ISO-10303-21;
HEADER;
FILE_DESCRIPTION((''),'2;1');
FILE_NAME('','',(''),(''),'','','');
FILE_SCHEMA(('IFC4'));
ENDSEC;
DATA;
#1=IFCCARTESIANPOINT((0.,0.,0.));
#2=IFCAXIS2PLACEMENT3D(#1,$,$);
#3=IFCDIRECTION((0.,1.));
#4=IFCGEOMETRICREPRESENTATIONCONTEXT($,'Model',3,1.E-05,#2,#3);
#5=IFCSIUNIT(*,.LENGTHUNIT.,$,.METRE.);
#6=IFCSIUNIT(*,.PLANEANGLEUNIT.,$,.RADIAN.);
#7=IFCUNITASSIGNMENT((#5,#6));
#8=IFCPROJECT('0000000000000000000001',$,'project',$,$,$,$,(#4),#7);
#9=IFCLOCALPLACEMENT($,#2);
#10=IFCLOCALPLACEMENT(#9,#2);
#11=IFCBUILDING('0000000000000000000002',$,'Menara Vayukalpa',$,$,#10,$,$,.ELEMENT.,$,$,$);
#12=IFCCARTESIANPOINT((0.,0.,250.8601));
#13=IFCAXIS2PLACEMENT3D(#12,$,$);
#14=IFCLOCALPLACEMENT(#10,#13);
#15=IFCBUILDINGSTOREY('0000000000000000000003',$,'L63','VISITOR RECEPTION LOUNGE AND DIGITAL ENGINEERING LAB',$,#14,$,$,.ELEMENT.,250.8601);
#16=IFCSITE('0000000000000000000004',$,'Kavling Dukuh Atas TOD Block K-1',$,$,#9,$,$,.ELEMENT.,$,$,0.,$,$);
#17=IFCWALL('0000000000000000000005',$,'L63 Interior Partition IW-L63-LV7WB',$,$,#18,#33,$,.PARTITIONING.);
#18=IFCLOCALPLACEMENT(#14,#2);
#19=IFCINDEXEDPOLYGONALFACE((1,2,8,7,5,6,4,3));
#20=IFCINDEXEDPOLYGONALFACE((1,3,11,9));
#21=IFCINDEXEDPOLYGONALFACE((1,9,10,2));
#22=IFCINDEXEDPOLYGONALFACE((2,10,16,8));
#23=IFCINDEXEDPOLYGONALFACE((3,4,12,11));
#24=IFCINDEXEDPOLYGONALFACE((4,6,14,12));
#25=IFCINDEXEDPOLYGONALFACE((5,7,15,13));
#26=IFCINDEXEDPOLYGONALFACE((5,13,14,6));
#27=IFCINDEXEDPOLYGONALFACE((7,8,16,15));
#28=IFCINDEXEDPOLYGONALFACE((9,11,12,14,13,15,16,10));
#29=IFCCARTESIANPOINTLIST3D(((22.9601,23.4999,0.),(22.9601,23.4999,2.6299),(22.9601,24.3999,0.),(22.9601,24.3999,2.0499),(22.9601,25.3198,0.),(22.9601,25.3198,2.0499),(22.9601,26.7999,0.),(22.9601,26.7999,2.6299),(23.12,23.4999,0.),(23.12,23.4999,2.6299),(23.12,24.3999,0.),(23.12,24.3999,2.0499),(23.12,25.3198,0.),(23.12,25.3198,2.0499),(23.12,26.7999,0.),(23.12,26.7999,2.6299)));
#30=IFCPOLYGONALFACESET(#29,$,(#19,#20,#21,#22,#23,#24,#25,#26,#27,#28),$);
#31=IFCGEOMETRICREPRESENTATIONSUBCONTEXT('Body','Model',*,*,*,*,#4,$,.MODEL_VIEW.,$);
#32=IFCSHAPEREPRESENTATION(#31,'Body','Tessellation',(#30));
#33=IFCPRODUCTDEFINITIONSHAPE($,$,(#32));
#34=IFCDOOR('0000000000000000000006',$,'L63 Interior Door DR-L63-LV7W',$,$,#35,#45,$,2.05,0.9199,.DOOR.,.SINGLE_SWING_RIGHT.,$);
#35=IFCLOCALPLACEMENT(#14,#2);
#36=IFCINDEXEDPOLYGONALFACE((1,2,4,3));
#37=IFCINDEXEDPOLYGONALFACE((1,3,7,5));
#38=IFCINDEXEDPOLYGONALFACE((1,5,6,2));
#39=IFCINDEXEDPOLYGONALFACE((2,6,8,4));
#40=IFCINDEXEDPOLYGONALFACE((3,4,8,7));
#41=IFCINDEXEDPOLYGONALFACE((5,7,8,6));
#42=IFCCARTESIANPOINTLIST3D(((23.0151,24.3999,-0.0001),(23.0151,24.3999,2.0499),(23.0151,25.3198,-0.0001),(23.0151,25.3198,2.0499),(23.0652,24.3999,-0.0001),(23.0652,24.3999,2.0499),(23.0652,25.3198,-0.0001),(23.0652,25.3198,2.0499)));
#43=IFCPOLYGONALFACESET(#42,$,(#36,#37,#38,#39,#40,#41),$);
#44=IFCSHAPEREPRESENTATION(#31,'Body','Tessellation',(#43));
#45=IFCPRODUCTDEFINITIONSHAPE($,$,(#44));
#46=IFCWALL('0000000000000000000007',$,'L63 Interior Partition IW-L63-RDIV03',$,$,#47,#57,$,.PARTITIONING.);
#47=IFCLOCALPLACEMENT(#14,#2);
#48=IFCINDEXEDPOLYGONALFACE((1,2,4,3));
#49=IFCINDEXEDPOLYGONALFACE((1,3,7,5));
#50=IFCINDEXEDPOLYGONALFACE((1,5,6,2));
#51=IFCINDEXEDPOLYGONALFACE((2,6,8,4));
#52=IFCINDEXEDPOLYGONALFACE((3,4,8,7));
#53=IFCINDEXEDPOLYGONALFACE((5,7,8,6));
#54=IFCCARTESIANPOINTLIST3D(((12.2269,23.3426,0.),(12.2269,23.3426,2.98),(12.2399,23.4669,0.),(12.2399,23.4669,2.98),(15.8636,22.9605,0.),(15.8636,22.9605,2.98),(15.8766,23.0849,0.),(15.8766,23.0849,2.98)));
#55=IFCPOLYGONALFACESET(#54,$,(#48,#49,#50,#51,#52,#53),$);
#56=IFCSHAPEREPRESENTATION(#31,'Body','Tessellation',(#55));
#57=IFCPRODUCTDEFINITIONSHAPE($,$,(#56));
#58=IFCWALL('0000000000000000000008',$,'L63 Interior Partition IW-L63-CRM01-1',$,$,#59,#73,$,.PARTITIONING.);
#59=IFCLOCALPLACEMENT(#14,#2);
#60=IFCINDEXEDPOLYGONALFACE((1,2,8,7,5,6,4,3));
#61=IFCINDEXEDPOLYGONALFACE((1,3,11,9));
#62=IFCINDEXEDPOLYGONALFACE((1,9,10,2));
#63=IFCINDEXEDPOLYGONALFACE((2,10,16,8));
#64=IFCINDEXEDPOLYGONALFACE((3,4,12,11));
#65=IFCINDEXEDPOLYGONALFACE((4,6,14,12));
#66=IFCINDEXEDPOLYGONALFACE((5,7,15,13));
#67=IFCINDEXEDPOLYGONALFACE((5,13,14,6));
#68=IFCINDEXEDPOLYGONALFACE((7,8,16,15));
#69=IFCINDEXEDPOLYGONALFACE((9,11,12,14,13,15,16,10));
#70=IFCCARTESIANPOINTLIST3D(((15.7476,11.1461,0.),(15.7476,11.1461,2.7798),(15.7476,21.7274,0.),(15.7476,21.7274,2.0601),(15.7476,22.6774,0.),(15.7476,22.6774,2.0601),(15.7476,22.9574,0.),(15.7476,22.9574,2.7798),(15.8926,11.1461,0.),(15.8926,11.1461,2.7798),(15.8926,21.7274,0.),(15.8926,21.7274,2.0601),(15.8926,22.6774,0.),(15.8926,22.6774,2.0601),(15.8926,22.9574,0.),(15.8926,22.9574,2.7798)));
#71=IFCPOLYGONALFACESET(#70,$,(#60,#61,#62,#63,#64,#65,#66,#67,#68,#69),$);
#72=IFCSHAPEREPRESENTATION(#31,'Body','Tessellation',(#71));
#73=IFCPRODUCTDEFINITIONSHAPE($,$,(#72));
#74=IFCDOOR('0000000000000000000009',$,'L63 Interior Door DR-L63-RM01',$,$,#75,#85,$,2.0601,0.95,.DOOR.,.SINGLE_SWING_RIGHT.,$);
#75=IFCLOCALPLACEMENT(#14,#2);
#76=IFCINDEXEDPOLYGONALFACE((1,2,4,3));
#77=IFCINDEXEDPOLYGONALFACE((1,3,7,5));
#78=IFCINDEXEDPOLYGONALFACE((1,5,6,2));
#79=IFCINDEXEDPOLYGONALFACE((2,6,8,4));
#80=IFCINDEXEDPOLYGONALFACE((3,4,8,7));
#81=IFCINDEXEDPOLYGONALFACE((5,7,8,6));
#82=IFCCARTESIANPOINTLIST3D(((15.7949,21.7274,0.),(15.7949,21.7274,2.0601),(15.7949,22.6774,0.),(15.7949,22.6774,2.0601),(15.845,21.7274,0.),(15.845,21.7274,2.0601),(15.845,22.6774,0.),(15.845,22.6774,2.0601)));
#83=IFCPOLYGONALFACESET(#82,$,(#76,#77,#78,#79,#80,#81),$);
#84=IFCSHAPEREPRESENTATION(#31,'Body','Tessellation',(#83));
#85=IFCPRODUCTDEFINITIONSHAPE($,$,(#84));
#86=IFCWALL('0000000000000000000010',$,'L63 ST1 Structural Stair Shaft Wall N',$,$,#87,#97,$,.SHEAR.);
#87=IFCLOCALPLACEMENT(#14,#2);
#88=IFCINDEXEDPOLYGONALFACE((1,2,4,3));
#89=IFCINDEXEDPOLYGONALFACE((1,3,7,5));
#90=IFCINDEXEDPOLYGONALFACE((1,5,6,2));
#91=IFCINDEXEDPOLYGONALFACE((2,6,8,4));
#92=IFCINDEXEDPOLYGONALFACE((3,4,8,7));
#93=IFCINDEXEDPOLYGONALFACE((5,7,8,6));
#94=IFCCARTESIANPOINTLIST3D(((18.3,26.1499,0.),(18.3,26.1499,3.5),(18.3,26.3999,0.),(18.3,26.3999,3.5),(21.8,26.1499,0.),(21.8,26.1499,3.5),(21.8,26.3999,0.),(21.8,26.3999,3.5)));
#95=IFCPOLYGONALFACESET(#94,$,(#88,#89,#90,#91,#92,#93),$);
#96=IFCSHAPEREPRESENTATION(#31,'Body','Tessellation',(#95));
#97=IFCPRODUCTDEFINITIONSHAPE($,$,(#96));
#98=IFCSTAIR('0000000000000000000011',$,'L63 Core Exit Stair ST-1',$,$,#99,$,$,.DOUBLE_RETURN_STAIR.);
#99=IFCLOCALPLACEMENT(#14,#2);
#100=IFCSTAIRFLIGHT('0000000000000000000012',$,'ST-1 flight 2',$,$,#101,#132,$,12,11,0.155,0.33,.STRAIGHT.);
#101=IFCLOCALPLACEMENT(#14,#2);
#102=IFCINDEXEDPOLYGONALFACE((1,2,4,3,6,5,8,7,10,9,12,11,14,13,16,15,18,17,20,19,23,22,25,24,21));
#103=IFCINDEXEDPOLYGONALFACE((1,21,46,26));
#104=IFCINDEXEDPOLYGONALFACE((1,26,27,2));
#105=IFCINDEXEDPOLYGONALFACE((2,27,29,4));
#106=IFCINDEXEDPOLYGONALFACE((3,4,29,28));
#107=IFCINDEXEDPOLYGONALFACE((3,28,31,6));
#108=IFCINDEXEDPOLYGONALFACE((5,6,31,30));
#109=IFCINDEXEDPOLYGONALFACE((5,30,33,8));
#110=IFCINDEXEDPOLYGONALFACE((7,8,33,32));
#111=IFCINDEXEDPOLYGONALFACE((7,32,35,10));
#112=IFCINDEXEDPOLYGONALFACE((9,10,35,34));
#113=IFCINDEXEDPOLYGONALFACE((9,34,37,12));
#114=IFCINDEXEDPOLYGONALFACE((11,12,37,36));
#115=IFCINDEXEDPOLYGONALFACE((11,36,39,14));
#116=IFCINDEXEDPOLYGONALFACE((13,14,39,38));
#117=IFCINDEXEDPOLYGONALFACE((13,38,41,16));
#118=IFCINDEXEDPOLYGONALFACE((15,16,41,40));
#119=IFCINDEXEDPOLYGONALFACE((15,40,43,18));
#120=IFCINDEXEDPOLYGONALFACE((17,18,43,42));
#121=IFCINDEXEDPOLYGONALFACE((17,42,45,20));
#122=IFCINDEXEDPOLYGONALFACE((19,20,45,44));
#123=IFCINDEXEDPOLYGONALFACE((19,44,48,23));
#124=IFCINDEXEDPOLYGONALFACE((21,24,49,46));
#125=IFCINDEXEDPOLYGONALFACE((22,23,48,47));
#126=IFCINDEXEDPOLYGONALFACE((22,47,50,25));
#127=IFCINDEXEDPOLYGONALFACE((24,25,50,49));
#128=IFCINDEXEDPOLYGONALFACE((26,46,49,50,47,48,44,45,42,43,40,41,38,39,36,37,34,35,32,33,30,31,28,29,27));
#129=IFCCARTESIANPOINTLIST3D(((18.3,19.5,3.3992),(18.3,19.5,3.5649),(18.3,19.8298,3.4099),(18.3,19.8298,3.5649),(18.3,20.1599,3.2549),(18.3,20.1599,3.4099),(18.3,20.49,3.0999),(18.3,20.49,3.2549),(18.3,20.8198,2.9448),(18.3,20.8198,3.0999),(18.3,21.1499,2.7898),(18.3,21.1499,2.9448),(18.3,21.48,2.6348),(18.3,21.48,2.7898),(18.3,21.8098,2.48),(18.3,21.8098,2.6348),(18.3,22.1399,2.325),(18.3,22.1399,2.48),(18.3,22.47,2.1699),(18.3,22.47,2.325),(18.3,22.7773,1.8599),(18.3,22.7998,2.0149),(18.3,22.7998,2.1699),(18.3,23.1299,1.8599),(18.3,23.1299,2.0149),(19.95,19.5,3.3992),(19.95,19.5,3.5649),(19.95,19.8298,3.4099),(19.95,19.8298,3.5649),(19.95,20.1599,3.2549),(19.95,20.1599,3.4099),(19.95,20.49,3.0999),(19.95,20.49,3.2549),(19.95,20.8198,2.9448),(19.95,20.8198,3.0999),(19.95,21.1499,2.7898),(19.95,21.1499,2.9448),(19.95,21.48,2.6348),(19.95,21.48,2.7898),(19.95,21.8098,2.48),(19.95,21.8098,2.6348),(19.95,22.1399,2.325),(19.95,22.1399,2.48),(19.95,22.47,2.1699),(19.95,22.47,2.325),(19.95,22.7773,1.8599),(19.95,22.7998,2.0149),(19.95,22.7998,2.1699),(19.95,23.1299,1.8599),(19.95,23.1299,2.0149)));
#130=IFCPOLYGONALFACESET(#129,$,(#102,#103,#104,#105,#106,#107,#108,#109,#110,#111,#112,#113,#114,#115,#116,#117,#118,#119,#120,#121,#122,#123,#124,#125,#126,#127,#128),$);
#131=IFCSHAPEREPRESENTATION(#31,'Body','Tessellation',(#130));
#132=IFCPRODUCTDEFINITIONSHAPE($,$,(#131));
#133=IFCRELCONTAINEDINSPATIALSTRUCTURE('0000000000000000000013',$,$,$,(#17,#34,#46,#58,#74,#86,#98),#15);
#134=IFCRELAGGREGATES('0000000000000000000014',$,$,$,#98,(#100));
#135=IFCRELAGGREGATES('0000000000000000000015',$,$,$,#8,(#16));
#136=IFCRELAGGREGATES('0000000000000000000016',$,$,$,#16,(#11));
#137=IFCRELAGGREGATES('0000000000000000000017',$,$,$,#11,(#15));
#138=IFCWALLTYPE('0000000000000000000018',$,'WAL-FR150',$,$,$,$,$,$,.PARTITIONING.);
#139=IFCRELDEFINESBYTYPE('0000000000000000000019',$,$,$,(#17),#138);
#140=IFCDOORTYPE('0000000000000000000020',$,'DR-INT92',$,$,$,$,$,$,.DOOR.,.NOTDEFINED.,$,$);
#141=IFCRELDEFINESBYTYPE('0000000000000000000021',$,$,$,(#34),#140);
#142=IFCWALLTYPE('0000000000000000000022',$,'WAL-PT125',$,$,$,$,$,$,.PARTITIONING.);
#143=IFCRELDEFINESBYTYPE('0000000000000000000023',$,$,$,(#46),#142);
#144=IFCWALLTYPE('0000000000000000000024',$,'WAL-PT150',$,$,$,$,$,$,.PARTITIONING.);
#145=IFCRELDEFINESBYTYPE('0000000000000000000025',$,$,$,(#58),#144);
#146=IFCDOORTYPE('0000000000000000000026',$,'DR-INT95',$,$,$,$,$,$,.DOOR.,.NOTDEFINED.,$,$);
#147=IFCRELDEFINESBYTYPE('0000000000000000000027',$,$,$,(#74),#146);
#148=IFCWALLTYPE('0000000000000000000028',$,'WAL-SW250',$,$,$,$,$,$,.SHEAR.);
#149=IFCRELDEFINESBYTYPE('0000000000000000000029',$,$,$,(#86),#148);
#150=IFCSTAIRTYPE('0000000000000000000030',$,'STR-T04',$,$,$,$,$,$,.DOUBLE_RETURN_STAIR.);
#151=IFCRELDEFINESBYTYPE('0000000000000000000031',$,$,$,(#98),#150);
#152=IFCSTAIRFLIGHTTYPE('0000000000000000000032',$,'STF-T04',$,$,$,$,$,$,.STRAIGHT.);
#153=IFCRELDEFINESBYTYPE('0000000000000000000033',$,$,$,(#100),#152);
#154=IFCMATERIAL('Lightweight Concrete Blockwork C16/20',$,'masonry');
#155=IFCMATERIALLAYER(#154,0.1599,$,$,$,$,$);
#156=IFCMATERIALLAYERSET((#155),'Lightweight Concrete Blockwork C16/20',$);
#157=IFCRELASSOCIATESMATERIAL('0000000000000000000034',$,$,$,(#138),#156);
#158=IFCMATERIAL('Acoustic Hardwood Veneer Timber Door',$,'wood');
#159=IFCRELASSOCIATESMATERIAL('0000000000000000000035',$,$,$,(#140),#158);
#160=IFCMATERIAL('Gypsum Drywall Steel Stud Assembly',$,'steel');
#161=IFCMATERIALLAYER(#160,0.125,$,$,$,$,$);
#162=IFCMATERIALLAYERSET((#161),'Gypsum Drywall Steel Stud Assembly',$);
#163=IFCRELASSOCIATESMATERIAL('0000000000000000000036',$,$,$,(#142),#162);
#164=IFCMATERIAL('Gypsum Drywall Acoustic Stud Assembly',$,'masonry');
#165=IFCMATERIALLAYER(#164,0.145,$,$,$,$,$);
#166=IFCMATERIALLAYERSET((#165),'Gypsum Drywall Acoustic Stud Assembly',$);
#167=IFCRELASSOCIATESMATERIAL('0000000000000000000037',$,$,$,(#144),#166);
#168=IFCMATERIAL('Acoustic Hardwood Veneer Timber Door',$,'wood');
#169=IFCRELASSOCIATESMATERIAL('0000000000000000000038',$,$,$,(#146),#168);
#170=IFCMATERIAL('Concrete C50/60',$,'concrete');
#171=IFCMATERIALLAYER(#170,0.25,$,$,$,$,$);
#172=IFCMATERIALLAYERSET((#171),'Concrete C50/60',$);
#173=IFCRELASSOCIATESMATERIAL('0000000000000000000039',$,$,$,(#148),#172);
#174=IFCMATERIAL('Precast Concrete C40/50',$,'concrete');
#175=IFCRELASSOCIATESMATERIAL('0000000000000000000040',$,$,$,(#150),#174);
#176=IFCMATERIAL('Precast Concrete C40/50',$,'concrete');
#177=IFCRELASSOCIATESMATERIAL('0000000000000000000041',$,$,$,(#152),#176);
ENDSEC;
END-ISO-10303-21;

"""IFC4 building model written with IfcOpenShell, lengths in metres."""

from ifc_helpers import new_model, si_unit, direction, frame, frame_2d, origin, place, context, subcontext, project, spatial, polyline, rectangle, outline, extrude, material, layer, layer_set, type_object, element, fill, aggregate, save


model = new_model("IFC4")

# Units and contexts
model_context = context("Model", 3, precision=1e-05, world=origin(), true_north=direction((0.0, 1.0)))
body_context = subcontext(model_context, "Body", "Model", "MODEL_VIEW")
ifc_project = project(units=[si_unit("LENGTHUNIT", "METRE"), si_unit("PLANEANGLEUNIT", "RADIAN")], contexts=[model_context])

# Site, building, storey
site_placement = place(None, origin())
site = spatial("IfcSite", under=ifc_project, at=site_placement, Name="Kavling Dukuh Atas TOD Block K-1", CompositionType="ELEMENT", RefElevation=0.0)
building_placement = place(site_placement, origin())
building = spatial("IfcBuilding", under=site, at=building_placement, Name="Menara Vayukalpa", CompositionType="ELEMENT")
storey_placement = place(building_placement, frame((0.0, 0.0, 250.8601)))
storey = spatial("IfcBuildingStorey", under=building, at=storey_placement, Name="L63", Description="VISITOR RECEPTION LOUNGE AND DIGITAL ENGINEERING LAB", CompositionType="ELEMENT", Elevation=250.8601)

# Shared definitions
ifc_material_1 = material(Name="Lightweight Concrete Blockwork C16/20", Category="masonry")
ifc_layer_1 = layer(ifc_material_1, 0.1599)
ifc_layer_set_1 = layer_set([ifc_layer_1], Name="Lightweight Concrete Blockwork C16/20")
wall_type_1 = type_object("IfcWallType", Name="WAL-FR150", PredefinedType="PARTITIONING", material=ifc_layer_set_1)

# Wall, opening, door
wall_1_placement = place(storey_placement, frame((23.04, 23.5, 0.0), z_axis=(0.0, 0.0, 1.0), x_axis=(0.0, 1.0, 0.0)))
wall_1 = element("IfcWall", 1, at=wall_1_placement, inside=storey, type_object=wall_type_1, Name="L63 Interior Partition IW-L63-LV7WB", PredefinedType="PARTITIONING", context=body_context, shape_type="SweptSolid", body=[
    extrude(rectangle(XDim=3.3, YDim=0.1599, at=frame_2d((1.6499, 0.0))), origin(), (0.0, 0.0, 1.0), 2.6299),
])
opening_1_placement = place(wall_1_placement, frame((0.8999, 0.0, 0.0)))
opening_1 = element("IfcOpeningElement", 2, at=opening_1_placement, cuts=wall_1, PredefinedType="OPENING", context=body_context, shape_type="SweptSolid", body=[
    extrude(rectangle(XDim=0.9199, YDim=2.05, at=frame_2d((0.46, 1.0249))), frame((0.0, 0.0898, 0.0), z_axis=(0.0, -1.0, 0.0), x_axis=(1.0, 0.0, 0.0)), (0.0, 0.0, 1.0), 0.1799),
])
ifc_material_2 = material(Name="Acoustic Hardwood Veneer Timber Door", Category="wood")
door_type_1 = type_object("IfcDoorType", Name="DR-INT92", OperationType="NOTDEFINED", PredefinedType="DOOR", material=ifc_material_2)
door_1_placement = place(opening_1_placement, origin())
door_1 = element("IfcDoor", 3, at=door_1_placement, inside=storey, type_object=door_type_1, Name="L63 Interior Door DR-L63-LV7W", OperationType="SINGLE_SWING_RIGHT", OverallHeight=2.05, OverallWidth=0.9199, PredefinedType="DOOR", context=body_context, shape_type="SweptSolid", body=[
    extrude(rectangle(XDim=0.9199, YDim=2.05, at=frame_2d((0.46, 1.0249))), frame((0.0, 0.0249, 0.0), z_axis=(0.0, -1.0, 0.0), x_axis=(1.0, 0.0, 0.0)), (0.0, 0.0, 1.0), 0.05),
])
fill(opening_1, door_1)

# Wall
ifc_material_3 = material(Name="Gypsum Drywall Steel Stud Assembly", Category="steel")
ifc_layer_2 = layer(ifc_material_3, 0.125)
ifc_layer_set_2 = layer_set([ifc_layer_2], Name="Gypsum Drywall Steel Stud Assembly")
wall_type_2 = type_object("IfcWallType", Name="WAL-PT125", PredefinedType="PARTITIONING", material=ifc_layer_set_2)
wall_2_placement = place(storey_placement, frame((15.8701, 23.0227, 0.0), z_axis=(0.0, 0.0, 1.0), x_axis=(-0.994526, 0.104487, 0.0)))
element("IfcWall", 4, at=wall_2_placement, inside=storey, type_object=wall_type_2, Name="L63 Interior Partition IW-L63-RDIV03", PredefinedType="PARTITIONING", context=body_context, shape_type="SweptSolid", body=[
    extrude(rectangle(XDim=3.6567, YDim=0.125, at=frame_2d((1.8284, 0.0))), origin(), (0.0, 0.0, 1.0), 2.98),
])

# Wall, opening, door
ifc_material_4 = material(Name="Gypsum Drywall Acoustic Stud Assembly", Category="masonry")
ifc_layer_3 = layer(ifc_material_4, 0.145)
ifc_layer_set_3 = layer_set([ifc_layer_3], Name="Gypsum Drywall Acoustic Stud Assembly")
wall_type_3 = type_object("IfcWallType", Name="WAL-PT150", PredefinedType="PARTITIONING", material=ifc_layer_set_3)
wall_3_placement = place(storey_placement, frame((15.8201, 22.9575, 0.0), z_axis=(0.0, 0.0, 1.0), x_axis=(0.0, -1.0, 0.0)))
wall_3 = element("IfcWall", 5, at=wall_3_placement, inside=storey, type_object=wall_type_3, Name="L63 Interior Partition IW-L63-CRM01-1", PredefinedType="PARTITIONING", context=body_context, shape_type="SweptSolid", body=[
    extrude(rectangle(XDim=11.8113, YDim=0.145, at=frame_2d((5.9058, 0.0))), origin(), (0.0, 0.0, 1.0), 2.7798),
])
opening_2_placement = place(wall_3_placement, frame((0.28, 0.0, 0.0)))
opening_2 = element("IfcOpeningElement", 6, at=opening_2_placement, cuts=wall_3, PredefinedType="OPENING", context=body_context, shape_type="SweptSolid", body=[
    extrude(rectangle(XDim=0.95, YDim=2.0601, at=frame_2d((0.4751, 1.03))), frame((0.0, 0.0825, 0.0), z_axis=(0.0, -1.0, 0.0), x_axis=(1.0, 0.0, 0.0)), (0.0, 0.0, 1.0), 0.165),
])
ifc_material_5 = material(Name="Acoustic Hardwood Veneer Timber Door", Category="wood")
door_type_2 = type_object("IfcDoorType", Name="DR-INT95", OperationType="NOTDEFINED", PredefinedType="DOOR", material=ifc_material_5)
door_2_placement = place(opening_2_placement, origin())
door_2 = element("IfcDoor", 7, at=door_2_placement, inside=storey, type_object=door_type_2, Name="L63 Interior Door DR-L63-RM01", OperationType="SINGLE_SWING_RIGHT", OverallHeight=2.0601, OverallWidth=0.95, PredefinedType="DOOR", context=body_context, shape_type="SweptSolid", body=[
    extrude(rectangle(XDim=0.95, YDim=2.0601, at=frame_2d((0.4751, 1.03))), frame((0.0, 0.0249, 0.0), z_axis=(0.0, -1.0, 0.0), x_axis=(1.0, 0.0, 0.0)), (0.0, 0.0, 1.0), 0.05),
])
fill(opening_2, door_2)

# Wall
ifc_material_6 = material(Name="Concrete C50/60", Category="concrete")
ifc_layer_4 = layer(ifc_material_6, 0.25)
ifc_layer_set_4 = layer_set([ifc_layer_4], Name="Concrete C50/60")
wall_type_4 = type_object("IfcWallType", Name="WAL-SW250", PredefinedType="SHEAR", material=ifc_layer_set_4)
wall_4_placement = place(storey_placement, frame((18.3, 26.2749, 0.0), z_axis=(0.0, 0.0, 1.0), x_axis=(1.0, 0.0, 0.0)))
element("IfcWall", 8, at=wall_4_placement, inside=storey, type_object=wall_type_4, Name="L63 ST1 Structural Stair Shaft Wall N", PredefinedType="SHEAR", context=body_context, shape_type="SweptSolid", body=[
    extrude(rectangle(XDim=3.5, YDim=0.25, at=frame_2d((1.75, 0.0))), origin(), (0.0, 0.0, 1.0), 3.5),
])

# Stair, stair flight
ifc_material_7 = material(Name="Precast Concrete C40/50", Category="concrete")
stair_type = type_object("IfcStairType", Name="STR-T04", PredefinedType="DOUBLE_RETURN_STAIR", material=ifc_material_7)
stair_placement = place(storey_placement, origin())
stair = element("IfcStair", 9, at=stair_placement, inside=storey, type_object=stair_type, Name="L63 Core Exit Stair ST-1", PredefinedType="DOUBLE_RETURN_STAIR")
ifc_material_8 = material(Name="Precast Concrete C40/50", Category="concrete")
stair_flight_type = type_object("IfcStairFlightType", Name="STF-T04", PredefinedType="STRAIGHT", material=ifc_material_8)
stair_flight_placement = place(storey_placement, frame((19.125, 23.1299, 1.8599), z_axis=(0.0, 0.0, 1.0), x_axis=(0.0, -1.0, 0.0)))
stair_flight = element("IfcStairFlight", 10, at=stair_flight_placement, type_object=stair_flight_type, Name="ST-1 flight 2", NumberOfRisers=12, NumberOfTreads=11, PredefinedType="STRAIGHT", RiserHeight=0.155, TreadLength=0.33, context=body_context, shape_type="SweptSolid", body=[
    extrude(outline(polyline([(0.0, 0.0), (0.0, 0.155), (0.3301, 0.155), (0.3301, 0.3101), (0.6599, 0.3101), (0.6599, 0.4651), (0.99, 0.4651), (0.99, 0.6201), (1.3201, 0.6201), (1.3201, 0.7749), (1.6499, 0.7749), (1.6499, 0.9299), (1.98, 0.9299), (1.98, 1.085), (2.3101, 1.085), (2.3101, 1.24), (2.6399, 1.24), (2.6399, 1.395), (2.97, 1.395), (2.97, 1.55), (3.3, 1.55), (3.3, 1.7051), (3.6299, 1.7051), (3.6299, 1.8601), (3.6299, 1.5393), (0.3525, 0.0), (0.0, 0.0)])), frame((0.0, 0.825, 0.0), z_axis=(0.0, -1.0, 0.0), x_axis=(1.0, 0.0, 0.0)), (0.0, 0.0, 1.0), 1.6499),
])
aggregate(stair, [stair_flight])

save(model, "model.ifc")
